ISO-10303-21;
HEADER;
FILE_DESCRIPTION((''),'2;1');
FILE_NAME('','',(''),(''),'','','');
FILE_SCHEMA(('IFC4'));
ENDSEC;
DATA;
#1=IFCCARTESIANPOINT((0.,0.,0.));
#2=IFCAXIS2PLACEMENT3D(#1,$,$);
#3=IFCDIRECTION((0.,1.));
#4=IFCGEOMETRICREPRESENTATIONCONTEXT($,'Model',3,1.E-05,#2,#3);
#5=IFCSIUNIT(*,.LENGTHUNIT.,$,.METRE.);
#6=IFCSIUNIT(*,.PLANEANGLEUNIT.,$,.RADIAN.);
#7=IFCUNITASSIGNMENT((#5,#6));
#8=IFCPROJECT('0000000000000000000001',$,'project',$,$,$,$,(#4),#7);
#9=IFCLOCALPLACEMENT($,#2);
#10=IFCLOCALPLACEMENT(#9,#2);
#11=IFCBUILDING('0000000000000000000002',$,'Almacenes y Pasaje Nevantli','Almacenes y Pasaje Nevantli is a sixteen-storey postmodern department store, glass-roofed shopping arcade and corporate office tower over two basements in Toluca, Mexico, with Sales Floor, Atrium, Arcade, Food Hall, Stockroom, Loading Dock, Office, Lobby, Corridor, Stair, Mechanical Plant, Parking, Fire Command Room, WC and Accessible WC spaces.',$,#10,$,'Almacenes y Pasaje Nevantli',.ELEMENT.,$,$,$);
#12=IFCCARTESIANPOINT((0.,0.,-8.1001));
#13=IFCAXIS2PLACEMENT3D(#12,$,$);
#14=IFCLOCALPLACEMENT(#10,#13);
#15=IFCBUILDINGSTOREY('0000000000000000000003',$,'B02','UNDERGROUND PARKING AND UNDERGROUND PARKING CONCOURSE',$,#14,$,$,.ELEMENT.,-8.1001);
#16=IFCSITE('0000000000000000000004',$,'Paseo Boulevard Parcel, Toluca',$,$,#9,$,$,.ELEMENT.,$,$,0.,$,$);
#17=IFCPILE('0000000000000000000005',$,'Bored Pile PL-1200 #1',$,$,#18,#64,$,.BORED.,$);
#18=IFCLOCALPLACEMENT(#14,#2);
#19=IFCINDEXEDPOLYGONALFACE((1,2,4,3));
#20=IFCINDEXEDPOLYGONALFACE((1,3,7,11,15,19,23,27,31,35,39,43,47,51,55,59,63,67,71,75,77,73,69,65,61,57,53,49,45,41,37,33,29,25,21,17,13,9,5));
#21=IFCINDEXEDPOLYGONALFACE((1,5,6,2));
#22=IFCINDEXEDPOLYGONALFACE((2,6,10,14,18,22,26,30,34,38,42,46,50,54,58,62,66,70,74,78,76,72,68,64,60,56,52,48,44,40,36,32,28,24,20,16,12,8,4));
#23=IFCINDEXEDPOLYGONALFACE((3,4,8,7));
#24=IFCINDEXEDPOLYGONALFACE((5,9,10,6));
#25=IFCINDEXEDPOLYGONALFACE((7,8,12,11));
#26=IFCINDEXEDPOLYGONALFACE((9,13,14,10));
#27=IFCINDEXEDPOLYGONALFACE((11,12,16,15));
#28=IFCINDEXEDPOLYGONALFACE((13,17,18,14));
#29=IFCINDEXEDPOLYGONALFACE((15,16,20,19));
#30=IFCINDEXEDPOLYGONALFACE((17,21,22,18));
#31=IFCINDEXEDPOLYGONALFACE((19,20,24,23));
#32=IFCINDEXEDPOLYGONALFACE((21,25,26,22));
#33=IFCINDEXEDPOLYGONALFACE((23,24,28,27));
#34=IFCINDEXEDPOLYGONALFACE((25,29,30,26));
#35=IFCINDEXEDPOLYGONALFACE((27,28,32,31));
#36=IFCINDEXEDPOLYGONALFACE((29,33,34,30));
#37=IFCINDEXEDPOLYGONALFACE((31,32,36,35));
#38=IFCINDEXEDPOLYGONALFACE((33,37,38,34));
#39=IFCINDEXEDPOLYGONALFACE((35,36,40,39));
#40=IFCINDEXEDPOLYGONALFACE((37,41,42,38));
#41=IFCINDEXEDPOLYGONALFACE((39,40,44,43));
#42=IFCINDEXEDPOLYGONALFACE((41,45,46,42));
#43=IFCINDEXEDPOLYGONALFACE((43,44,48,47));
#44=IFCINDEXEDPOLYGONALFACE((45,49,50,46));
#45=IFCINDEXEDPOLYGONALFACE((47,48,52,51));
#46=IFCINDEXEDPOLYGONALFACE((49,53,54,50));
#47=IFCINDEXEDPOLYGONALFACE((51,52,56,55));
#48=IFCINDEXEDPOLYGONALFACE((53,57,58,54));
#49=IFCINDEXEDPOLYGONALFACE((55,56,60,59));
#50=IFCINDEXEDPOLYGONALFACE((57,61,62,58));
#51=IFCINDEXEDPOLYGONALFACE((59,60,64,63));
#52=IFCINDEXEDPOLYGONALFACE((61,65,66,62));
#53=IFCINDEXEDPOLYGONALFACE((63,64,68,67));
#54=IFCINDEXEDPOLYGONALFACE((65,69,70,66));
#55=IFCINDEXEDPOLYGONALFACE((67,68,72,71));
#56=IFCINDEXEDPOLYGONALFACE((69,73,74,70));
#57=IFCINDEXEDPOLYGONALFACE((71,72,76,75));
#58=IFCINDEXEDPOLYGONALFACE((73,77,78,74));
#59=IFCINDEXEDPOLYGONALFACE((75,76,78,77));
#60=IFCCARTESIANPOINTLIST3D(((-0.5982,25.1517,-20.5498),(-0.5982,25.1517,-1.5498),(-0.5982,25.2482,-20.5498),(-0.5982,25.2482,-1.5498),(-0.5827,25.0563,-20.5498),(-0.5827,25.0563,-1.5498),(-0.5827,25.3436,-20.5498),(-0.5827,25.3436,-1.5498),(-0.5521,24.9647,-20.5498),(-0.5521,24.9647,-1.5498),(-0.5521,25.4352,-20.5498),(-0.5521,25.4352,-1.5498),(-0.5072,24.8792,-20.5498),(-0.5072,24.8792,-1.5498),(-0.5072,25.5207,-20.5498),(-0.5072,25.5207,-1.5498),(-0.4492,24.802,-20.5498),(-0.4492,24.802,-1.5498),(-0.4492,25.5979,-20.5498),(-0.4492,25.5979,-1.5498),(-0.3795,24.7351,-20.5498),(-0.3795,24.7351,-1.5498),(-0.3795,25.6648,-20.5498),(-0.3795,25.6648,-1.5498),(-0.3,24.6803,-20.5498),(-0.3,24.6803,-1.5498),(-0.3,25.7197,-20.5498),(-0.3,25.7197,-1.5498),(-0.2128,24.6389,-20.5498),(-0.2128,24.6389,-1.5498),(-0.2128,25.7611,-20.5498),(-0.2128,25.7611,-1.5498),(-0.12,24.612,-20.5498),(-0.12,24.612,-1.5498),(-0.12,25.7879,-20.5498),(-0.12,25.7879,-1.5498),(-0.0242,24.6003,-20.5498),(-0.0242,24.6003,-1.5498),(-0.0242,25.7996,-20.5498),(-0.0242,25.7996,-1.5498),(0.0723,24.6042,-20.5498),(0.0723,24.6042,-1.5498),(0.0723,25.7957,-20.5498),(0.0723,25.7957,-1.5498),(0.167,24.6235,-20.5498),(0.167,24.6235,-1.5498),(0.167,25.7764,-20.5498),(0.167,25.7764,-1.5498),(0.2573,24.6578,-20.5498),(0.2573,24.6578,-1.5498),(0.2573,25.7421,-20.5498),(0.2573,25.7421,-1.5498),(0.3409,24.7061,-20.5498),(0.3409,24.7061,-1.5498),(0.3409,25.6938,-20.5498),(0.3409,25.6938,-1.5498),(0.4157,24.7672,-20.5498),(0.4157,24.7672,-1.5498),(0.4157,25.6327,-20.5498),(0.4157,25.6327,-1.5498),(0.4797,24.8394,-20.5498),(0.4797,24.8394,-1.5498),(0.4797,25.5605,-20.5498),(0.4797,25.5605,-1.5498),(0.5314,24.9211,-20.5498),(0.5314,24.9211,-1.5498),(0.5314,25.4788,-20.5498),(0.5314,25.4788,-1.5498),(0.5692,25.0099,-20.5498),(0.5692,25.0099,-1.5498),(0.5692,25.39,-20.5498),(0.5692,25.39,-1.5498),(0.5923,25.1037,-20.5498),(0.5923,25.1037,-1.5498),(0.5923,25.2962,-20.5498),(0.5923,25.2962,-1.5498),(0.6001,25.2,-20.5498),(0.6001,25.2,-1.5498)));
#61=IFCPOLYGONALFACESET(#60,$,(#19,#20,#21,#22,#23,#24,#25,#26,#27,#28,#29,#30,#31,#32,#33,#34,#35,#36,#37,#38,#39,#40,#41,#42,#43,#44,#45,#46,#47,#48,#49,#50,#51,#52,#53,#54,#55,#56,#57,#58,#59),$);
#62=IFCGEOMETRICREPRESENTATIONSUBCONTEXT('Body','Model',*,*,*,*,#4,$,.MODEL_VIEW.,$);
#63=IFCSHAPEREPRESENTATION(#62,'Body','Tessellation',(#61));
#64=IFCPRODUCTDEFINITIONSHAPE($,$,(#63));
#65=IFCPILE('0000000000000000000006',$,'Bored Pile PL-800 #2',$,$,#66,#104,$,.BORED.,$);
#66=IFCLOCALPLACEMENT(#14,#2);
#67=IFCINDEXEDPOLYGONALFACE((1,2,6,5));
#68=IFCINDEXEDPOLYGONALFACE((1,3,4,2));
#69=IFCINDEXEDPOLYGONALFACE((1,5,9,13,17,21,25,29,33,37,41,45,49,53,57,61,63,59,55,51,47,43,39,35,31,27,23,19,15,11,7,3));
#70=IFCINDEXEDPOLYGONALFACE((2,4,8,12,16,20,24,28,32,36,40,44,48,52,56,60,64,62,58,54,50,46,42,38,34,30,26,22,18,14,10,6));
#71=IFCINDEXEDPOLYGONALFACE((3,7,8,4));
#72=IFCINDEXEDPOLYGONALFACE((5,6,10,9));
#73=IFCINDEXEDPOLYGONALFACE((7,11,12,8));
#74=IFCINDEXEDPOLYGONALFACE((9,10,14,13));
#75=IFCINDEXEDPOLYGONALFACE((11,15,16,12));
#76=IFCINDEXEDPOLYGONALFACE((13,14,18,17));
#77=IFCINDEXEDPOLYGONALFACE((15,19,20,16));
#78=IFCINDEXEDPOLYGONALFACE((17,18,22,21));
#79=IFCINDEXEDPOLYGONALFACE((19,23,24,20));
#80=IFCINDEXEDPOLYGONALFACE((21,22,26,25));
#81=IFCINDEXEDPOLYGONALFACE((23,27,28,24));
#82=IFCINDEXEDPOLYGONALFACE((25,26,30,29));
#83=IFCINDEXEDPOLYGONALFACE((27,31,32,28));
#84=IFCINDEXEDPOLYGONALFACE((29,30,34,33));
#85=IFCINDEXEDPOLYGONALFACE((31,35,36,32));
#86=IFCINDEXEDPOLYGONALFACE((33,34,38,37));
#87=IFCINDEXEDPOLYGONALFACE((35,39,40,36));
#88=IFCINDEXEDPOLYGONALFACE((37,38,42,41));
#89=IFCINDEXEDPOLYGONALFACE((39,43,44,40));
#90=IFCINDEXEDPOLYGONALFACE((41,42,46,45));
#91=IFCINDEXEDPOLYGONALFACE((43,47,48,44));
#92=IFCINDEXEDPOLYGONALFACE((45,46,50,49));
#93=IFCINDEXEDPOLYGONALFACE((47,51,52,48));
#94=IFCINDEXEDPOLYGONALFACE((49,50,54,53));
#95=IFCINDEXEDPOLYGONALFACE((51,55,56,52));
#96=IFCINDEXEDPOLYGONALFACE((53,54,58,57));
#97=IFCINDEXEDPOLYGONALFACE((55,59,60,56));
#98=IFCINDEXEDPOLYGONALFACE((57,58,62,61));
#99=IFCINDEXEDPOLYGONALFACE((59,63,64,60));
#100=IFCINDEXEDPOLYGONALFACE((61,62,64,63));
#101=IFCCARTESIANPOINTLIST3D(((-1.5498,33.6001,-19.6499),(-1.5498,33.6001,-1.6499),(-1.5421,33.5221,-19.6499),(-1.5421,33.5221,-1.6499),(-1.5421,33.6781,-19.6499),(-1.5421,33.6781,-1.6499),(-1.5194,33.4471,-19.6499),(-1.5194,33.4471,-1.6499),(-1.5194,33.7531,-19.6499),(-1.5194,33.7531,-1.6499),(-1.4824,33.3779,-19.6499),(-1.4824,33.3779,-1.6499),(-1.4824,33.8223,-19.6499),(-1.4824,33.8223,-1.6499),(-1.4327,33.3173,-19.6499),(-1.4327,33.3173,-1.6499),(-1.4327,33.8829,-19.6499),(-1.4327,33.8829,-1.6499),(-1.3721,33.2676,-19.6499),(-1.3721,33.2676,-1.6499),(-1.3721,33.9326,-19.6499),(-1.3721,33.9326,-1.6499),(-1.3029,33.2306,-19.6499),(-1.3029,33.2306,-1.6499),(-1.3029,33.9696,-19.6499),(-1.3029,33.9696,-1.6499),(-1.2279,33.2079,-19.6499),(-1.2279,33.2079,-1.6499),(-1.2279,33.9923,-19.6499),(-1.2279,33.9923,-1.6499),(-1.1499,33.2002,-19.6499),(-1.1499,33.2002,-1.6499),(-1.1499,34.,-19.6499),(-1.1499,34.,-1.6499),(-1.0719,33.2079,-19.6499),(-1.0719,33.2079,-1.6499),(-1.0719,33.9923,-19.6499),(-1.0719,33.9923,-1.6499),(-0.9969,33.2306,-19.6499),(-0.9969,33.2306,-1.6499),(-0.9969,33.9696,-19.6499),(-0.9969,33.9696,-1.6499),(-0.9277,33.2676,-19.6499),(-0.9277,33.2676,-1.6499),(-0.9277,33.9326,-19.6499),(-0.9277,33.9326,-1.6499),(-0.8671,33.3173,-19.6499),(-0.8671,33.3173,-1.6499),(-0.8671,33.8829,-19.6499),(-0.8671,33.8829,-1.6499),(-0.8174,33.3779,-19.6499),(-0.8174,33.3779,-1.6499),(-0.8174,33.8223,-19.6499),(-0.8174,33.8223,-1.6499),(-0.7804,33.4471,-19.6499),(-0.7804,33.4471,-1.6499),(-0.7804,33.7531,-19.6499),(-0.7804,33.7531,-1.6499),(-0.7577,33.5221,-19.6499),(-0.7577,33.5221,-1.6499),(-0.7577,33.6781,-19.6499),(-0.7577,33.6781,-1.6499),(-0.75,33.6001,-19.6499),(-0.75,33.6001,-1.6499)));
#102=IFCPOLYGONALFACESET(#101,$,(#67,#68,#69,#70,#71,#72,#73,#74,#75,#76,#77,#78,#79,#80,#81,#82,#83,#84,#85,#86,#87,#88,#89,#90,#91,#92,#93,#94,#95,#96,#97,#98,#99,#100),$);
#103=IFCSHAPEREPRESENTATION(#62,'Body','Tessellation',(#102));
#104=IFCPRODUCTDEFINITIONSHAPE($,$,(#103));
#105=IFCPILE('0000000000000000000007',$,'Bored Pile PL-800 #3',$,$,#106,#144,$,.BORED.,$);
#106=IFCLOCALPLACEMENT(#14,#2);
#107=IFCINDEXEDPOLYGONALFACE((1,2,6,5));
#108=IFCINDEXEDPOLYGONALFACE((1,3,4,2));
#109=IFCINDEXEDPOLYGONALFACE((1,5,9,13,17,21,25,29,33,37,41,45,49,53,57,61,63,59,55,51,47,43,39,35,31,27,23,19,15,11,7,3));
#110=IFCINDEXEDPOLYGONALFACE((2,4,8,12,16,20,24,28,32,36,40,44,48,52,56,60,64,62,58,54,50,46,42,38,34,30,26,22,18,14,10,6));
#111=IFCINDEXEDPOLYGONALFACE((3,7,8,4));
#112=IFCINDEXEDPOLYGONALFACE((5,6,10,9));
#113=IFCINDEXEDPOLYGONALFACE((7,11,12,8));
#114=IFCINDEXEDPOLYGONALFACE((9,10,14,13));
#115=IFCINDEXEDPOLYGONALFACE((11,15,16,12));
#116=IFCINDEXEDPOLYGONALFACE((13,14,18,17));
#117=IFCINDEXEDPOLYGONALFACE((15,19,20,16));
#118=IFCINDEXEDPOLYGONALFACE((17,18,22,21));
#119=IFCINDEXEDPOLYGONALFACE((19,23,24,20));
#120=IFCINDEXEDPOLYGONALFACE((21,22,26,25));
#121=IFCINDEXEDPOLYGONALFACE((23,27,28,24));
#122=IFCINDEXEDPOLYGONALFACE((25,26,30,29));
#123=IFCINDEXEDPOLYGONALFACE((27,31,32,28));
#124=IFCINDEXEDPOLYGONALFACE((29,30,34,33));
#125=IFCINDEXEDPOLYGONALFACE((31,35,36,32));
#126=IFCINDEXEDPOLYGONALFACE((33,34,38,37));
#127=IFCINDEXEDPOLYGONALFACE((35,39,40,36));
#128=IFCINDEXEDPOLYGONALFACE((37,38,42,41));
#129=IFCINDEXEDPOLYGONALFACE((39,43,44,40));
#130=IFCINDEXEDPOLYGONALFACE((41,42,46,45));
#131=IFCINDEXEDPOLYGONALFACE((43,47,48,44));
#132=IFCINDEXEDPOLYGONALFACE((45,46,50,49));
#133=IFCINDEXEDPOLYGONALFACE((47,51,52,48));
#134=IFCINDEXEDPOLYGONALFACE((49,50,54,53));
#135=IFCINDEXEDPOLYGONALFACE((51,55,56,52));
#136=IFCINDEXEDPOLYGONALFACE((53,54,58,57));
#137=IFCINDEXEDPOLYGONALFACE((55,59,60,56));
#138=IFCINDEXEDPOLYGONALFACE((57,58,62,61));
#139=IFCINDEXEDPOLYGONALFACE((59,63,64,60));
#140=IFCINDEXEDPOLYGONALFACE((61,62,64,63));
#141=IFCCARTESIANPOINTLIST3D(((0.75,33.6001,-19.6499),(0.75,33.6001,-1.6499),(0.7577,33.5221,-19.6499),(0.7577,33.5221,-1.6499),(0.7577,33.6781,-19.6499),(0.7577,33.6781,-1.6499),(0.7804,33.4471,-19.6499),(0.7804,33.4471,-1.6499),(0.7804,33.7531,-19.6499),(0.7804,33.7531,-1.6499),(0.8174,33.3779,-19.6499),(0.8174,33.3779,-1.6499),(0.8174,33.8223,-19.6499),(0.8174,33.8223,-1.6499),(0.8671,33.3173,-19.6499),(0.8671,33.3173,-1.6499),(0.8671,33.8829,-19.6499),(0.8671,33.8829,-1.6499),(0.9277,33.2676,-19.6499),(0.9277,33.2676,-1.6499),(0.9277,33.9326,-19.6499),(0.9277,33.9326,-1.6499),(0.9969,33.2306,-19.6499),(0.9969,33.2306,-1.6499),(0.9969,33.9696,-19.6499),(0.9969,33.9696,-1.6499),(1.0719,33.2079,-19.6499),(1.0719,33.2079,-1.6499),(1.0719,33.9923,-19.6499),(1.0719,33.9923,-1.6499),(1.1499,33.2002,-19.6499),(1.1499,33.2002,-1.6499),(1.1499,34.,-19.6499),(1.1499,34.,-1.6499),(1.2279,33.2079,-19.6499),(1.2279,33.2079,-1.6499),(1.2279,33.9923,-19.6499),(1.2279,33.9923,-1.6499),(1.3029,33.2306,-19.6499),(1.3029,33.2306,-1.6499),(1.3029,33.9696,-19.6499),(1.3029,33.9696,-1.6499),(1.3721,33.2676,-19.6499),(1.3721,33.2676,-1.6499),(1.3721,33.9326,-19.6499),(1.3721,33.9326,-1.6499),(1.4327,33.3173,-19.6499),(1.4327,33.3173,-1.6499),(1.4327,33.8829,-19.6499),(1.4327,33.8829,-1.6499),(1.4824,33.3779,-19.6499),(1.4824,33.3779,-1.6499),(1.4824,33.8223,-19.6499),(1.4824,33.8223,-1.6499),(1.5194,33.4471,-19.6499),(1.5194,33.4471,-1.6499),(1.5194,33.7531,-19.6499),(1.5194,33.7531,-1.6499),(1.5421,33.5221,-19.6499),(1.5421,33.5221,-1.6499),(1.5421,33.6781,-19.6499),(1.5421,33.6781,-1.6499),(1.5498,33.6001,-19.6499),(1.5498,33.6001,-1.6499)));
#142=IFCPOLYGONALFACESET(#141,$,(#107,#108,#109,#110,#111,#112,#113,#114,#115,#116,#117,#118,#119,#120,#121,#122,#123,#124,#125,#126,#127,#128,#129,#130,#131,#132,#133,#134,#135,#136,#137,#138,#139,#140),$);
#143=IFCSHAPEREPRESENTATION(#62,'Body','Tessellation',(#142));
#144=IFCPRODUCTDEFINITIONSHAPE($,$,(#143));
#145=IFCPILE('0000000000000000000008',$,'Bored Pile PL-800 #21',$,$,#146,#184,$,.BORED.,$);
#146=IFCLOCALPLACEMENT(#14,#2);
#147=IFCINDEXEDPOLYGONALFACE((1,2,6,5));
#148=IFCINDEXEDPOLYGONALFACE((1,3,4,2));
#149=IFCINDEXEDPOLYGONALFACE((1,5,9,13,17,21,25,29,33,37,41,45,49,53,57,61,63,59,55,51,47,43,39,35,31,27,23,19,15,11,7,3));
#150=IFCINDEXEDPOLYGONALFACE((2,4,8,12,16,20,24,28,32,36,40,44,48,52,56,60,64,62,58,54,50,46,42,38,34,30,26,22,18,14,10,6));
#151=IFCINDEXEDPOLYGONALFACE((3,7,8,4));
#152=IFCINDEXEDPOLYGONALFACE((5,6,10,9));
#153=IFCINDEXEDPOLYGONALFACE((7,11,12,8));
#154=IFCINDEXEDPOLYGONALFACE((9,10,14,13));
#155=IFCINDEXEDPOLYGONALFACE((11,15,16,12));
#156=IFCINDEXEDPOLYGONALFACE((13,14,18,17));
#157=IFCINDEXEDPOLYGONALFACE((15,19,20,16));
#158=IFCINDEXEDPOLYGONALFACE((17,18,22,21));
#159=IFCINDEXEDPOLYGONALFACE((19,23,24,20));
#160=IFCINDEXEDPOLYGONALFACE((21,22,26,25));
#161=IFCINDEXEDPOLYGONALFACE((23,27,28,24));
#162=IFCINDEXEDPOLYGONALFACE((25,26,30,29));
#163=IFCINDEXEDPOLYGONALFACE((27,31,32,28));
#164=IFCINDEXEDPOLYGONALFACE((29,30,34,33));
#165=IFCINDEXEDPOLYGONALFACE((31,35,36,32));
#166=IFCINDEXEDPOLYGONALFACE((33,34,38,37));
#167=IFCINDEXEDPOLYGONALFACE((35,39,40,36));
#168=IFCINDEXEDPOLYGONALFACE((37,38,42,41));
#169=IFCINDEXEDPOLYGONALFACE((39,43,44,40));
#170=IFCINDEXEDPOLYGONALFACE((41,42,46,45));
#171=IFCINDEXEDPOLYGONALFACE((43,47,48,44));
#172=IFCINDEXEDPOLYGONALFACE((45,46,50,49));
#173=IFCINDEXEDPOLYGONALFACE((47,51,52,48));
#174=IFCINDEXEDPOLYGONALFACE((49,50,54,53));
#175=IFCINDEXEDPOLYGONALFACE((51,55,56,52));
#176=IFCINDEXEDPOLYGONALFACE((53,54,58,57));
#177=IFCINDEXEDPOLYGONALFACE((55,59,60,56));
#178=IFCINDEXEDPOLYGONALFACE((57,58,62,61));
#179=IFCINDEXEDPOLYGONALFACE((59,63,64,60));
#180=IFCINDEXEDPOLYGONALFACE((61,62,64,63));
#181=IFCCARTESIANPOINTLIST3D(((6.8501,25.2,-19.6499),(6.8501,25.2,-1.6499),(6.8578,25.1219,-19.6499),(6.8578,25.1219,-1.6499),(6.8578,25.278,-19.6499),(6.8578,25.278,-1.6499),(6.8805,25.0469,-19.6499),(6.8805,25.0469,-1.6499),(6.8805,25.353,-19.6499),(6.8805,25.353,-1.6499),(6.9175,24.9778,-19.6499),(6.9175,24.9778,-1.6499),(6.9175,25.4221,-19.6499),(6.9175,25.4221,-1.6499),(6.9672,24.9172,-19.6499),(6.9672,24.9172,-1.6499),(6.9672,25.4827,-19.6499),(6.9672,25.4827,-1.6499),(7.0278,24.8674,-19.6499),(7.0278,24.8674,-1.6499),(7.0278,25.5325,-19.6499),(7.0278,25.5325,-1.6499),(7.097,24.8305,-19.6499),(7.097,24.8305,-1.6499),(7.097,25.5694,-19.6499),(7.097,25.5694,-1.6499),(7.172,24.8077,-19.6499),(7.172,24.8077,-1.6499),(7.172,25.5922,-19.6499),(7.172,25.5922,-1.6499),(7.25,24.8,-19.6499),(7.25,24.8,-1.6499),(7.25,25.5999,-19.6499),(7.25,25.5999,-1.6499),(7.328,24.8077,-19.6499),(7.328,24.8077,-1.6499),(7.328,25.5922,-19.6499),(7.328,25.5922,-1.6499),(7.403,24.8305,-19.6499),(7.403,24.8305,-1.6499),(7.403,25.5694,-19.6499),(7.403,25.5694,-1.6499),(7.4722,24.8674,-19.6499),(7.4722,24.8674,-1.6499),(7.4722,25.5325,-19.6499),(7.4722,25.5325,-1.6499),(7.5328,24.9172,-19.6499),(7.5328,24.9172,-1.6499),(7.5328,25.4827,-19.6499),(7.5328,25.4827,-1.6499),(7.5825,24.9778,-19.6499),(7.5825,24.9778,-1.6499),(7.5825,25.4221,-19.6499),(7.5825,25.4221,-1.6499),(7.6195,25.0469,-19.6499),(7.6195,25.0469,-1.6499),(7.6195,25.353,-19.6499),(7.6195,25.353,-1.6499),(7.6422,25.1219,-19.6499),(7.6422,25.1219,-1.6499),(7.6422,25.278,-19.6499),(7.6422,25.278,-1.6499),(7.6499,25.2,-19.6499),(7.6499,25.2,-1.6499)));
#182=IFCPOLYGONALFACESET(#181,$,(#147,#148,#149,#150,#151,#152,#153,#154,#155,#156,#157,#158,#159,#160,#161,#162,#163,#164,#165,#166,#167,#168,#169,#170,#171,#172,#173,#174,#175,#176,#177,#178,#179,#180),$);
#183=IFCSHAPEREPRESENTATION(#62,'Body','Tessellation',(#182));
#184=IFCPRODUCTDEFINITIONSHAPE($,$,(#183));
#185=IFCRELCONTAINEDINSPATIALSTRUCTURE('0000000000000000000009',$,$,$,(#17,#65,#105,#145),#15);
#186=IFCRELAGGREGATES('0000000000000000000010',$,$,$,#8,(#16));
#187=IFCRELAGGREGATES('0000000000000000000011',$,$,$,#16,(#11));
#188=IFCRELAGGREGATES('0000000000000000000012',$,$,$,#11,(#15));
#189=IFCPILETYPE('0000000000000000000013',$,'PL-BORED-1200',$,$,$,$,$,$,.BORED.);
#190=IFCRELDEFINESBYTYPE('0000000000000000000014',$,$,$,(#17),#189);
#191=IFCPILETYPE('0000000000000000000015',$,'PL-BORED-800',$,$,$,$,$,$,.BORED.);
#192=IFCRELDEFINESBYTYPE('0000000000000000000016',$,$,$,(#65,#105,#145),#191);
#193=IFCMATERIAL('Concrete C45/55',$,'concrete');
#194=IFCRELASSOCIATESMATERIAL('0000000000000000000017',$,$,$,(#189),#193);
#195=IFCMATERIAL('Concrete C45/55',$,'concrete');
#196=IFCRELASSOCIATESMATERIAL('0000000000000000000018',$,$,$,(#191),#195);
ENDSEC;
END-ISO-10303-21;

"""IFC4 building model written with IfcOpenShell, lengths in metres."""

from ifc_helpers import new_model, si_unit, direction, frame, origin, origin_2d, place, context, subcontext, project, spatial, circle, extrude, material, material_profile, profile_set, type_object, element, save


model = new_model("IFC4")

# Units and contexts
model_context = context("Model", 3, precision=1e-05, world=origin(), true_north=direction((0.0, 1.0)))
body_context = subcontext(model_context, "Body", "Model", "MODEL_VIEW")
ifc_project = project(units=[si_unit("LENGTHUNIT", "METRE"), si_unit("PLANEANGLEUNIT", "RADIAN")], contexts=[model_context])

# Site, building, storey
site_placement = place(None, origin())
site = spatial("IfcSite", under=ifc_project, at=site_placement, Name="Paseo Boulevard Parcel, Toluca", CompositionType="ELEMENT", RefElevation=0.0)
building_placement = place(site_placement, origin())
building = spatial("IfcBuilding", under=site, at=building_placement, Name="Almacenes y Pasaje Nevantli", Description="Almacenes y Pasaje Nevantli is a sixteen-storey postmodern department store, glass-roofed shopping arcade and corporate office tower over two basements in Toluca, Mexico, with Sales Floor, Atrium, Arcade, Food Hall, Stockroom, Loading Dock, Office, Lobby, Corridor, Stair, Mechanical Plant, Parking, Fire Command Room, WC and Accessible WC spaces.", LongName="Almacenes y Pasaje Nevantli", CompositionType="ELEMENT")
storey_placement = place(building_placement, frame((0.0, 0.0, -8.1001)))
storey = spatial("IfcBuildingStorey", under=building, at=storey_placement, Name="B02", Description="UNDERGROUND PARKING AND UNDERGROUND PARKING CONCOURSE", CompositionType="ELEMENT", Elevation=-8.1001)

# Piles
ifc_material_1 = material(Name="Concrete C45/55", Category="concrete")
ifc_material_profile_1 = material_profile(ifc_material_1, circle(Radius=0.6001, at=origin_2d()), Name="RC-PILE-D1200")
ifc_profile_set_1 = profile_set([ifc_material_profile_1], Name="Concrete C45/55")
pile_type_1 = type_object("IfcPileType", Name="PL-BORED-1200", PredefinedType="BORED", material=ifc_profile_set_1)
pile_1_placement = place(storey_placement, frame((0.0, 25.2, -1.5498), z_axis=(0.0, 0.0, -1.0), x_axis=(1.0, 0.0, 0.0)))
element("IfcPile", 1, at=pile_1_placement, inside=storey, type_object=pile_type_1, Name="Bored Pile PL-1200 #1", PredefinedType="BORED", context=body_context, shape_type="SweptSolid", body=[
    extrude(circle(Radius=0.6001, at=origin_2d()), origin(), (0.0, 0.0, 1.0), 19.0),
])
ifc_material_2 = material(Name="Concrete C45/55", Category="concrete")
ifc_material_profile_2 = material_profile(ifc_material_2, circle(Radius=0.3999, at=origin_2d()), Name="RC-PILE-D800")
ifc_profile_set_2 = profile_set([ifc_material_profile_2], Name="Concrete C45/55")
pile_type_2 = type_object("IfcPileType", Name="PL-BORED-800", PredefinedType="BORED", material=ifc_profile_set_2)
for number, where, z_axis, x_axis, name in (
    (2, (-1.1499, 33.6001, -1.6499), (0.0, 0.0, -1.0), (1.0, 0.0, 0.0), "Bored Pile PL-800 #2"),
    (3, (1.1499, 33.6001, -1.6499), (0.0, 0.0, -1.0), (1.0, 0.0, 0.0), "Bored Pile PL-800 #3"),
    (4, (7.25, 25.2, -1.6499), (0.0, 0.0, -1.0), (1.0, 0.0, 0.0), "Bored Pile PL-800 #21"),
):
    element("IfcPile", number, at=place(storey_placement, frame(where, z_axis=z_axis, x_axis=x_axis)), inside=storey, type_object=pile_type_2, Name=name, PredefinedType="BORED", context=body_context, shape_type="SweptSolid", body=[
        extrude(circle(Radius=0.3999, at=origin_2d()), origin(), (0.0, 0.0, 1.0), 18.0),
    ])

save(model, "model.ifc")
